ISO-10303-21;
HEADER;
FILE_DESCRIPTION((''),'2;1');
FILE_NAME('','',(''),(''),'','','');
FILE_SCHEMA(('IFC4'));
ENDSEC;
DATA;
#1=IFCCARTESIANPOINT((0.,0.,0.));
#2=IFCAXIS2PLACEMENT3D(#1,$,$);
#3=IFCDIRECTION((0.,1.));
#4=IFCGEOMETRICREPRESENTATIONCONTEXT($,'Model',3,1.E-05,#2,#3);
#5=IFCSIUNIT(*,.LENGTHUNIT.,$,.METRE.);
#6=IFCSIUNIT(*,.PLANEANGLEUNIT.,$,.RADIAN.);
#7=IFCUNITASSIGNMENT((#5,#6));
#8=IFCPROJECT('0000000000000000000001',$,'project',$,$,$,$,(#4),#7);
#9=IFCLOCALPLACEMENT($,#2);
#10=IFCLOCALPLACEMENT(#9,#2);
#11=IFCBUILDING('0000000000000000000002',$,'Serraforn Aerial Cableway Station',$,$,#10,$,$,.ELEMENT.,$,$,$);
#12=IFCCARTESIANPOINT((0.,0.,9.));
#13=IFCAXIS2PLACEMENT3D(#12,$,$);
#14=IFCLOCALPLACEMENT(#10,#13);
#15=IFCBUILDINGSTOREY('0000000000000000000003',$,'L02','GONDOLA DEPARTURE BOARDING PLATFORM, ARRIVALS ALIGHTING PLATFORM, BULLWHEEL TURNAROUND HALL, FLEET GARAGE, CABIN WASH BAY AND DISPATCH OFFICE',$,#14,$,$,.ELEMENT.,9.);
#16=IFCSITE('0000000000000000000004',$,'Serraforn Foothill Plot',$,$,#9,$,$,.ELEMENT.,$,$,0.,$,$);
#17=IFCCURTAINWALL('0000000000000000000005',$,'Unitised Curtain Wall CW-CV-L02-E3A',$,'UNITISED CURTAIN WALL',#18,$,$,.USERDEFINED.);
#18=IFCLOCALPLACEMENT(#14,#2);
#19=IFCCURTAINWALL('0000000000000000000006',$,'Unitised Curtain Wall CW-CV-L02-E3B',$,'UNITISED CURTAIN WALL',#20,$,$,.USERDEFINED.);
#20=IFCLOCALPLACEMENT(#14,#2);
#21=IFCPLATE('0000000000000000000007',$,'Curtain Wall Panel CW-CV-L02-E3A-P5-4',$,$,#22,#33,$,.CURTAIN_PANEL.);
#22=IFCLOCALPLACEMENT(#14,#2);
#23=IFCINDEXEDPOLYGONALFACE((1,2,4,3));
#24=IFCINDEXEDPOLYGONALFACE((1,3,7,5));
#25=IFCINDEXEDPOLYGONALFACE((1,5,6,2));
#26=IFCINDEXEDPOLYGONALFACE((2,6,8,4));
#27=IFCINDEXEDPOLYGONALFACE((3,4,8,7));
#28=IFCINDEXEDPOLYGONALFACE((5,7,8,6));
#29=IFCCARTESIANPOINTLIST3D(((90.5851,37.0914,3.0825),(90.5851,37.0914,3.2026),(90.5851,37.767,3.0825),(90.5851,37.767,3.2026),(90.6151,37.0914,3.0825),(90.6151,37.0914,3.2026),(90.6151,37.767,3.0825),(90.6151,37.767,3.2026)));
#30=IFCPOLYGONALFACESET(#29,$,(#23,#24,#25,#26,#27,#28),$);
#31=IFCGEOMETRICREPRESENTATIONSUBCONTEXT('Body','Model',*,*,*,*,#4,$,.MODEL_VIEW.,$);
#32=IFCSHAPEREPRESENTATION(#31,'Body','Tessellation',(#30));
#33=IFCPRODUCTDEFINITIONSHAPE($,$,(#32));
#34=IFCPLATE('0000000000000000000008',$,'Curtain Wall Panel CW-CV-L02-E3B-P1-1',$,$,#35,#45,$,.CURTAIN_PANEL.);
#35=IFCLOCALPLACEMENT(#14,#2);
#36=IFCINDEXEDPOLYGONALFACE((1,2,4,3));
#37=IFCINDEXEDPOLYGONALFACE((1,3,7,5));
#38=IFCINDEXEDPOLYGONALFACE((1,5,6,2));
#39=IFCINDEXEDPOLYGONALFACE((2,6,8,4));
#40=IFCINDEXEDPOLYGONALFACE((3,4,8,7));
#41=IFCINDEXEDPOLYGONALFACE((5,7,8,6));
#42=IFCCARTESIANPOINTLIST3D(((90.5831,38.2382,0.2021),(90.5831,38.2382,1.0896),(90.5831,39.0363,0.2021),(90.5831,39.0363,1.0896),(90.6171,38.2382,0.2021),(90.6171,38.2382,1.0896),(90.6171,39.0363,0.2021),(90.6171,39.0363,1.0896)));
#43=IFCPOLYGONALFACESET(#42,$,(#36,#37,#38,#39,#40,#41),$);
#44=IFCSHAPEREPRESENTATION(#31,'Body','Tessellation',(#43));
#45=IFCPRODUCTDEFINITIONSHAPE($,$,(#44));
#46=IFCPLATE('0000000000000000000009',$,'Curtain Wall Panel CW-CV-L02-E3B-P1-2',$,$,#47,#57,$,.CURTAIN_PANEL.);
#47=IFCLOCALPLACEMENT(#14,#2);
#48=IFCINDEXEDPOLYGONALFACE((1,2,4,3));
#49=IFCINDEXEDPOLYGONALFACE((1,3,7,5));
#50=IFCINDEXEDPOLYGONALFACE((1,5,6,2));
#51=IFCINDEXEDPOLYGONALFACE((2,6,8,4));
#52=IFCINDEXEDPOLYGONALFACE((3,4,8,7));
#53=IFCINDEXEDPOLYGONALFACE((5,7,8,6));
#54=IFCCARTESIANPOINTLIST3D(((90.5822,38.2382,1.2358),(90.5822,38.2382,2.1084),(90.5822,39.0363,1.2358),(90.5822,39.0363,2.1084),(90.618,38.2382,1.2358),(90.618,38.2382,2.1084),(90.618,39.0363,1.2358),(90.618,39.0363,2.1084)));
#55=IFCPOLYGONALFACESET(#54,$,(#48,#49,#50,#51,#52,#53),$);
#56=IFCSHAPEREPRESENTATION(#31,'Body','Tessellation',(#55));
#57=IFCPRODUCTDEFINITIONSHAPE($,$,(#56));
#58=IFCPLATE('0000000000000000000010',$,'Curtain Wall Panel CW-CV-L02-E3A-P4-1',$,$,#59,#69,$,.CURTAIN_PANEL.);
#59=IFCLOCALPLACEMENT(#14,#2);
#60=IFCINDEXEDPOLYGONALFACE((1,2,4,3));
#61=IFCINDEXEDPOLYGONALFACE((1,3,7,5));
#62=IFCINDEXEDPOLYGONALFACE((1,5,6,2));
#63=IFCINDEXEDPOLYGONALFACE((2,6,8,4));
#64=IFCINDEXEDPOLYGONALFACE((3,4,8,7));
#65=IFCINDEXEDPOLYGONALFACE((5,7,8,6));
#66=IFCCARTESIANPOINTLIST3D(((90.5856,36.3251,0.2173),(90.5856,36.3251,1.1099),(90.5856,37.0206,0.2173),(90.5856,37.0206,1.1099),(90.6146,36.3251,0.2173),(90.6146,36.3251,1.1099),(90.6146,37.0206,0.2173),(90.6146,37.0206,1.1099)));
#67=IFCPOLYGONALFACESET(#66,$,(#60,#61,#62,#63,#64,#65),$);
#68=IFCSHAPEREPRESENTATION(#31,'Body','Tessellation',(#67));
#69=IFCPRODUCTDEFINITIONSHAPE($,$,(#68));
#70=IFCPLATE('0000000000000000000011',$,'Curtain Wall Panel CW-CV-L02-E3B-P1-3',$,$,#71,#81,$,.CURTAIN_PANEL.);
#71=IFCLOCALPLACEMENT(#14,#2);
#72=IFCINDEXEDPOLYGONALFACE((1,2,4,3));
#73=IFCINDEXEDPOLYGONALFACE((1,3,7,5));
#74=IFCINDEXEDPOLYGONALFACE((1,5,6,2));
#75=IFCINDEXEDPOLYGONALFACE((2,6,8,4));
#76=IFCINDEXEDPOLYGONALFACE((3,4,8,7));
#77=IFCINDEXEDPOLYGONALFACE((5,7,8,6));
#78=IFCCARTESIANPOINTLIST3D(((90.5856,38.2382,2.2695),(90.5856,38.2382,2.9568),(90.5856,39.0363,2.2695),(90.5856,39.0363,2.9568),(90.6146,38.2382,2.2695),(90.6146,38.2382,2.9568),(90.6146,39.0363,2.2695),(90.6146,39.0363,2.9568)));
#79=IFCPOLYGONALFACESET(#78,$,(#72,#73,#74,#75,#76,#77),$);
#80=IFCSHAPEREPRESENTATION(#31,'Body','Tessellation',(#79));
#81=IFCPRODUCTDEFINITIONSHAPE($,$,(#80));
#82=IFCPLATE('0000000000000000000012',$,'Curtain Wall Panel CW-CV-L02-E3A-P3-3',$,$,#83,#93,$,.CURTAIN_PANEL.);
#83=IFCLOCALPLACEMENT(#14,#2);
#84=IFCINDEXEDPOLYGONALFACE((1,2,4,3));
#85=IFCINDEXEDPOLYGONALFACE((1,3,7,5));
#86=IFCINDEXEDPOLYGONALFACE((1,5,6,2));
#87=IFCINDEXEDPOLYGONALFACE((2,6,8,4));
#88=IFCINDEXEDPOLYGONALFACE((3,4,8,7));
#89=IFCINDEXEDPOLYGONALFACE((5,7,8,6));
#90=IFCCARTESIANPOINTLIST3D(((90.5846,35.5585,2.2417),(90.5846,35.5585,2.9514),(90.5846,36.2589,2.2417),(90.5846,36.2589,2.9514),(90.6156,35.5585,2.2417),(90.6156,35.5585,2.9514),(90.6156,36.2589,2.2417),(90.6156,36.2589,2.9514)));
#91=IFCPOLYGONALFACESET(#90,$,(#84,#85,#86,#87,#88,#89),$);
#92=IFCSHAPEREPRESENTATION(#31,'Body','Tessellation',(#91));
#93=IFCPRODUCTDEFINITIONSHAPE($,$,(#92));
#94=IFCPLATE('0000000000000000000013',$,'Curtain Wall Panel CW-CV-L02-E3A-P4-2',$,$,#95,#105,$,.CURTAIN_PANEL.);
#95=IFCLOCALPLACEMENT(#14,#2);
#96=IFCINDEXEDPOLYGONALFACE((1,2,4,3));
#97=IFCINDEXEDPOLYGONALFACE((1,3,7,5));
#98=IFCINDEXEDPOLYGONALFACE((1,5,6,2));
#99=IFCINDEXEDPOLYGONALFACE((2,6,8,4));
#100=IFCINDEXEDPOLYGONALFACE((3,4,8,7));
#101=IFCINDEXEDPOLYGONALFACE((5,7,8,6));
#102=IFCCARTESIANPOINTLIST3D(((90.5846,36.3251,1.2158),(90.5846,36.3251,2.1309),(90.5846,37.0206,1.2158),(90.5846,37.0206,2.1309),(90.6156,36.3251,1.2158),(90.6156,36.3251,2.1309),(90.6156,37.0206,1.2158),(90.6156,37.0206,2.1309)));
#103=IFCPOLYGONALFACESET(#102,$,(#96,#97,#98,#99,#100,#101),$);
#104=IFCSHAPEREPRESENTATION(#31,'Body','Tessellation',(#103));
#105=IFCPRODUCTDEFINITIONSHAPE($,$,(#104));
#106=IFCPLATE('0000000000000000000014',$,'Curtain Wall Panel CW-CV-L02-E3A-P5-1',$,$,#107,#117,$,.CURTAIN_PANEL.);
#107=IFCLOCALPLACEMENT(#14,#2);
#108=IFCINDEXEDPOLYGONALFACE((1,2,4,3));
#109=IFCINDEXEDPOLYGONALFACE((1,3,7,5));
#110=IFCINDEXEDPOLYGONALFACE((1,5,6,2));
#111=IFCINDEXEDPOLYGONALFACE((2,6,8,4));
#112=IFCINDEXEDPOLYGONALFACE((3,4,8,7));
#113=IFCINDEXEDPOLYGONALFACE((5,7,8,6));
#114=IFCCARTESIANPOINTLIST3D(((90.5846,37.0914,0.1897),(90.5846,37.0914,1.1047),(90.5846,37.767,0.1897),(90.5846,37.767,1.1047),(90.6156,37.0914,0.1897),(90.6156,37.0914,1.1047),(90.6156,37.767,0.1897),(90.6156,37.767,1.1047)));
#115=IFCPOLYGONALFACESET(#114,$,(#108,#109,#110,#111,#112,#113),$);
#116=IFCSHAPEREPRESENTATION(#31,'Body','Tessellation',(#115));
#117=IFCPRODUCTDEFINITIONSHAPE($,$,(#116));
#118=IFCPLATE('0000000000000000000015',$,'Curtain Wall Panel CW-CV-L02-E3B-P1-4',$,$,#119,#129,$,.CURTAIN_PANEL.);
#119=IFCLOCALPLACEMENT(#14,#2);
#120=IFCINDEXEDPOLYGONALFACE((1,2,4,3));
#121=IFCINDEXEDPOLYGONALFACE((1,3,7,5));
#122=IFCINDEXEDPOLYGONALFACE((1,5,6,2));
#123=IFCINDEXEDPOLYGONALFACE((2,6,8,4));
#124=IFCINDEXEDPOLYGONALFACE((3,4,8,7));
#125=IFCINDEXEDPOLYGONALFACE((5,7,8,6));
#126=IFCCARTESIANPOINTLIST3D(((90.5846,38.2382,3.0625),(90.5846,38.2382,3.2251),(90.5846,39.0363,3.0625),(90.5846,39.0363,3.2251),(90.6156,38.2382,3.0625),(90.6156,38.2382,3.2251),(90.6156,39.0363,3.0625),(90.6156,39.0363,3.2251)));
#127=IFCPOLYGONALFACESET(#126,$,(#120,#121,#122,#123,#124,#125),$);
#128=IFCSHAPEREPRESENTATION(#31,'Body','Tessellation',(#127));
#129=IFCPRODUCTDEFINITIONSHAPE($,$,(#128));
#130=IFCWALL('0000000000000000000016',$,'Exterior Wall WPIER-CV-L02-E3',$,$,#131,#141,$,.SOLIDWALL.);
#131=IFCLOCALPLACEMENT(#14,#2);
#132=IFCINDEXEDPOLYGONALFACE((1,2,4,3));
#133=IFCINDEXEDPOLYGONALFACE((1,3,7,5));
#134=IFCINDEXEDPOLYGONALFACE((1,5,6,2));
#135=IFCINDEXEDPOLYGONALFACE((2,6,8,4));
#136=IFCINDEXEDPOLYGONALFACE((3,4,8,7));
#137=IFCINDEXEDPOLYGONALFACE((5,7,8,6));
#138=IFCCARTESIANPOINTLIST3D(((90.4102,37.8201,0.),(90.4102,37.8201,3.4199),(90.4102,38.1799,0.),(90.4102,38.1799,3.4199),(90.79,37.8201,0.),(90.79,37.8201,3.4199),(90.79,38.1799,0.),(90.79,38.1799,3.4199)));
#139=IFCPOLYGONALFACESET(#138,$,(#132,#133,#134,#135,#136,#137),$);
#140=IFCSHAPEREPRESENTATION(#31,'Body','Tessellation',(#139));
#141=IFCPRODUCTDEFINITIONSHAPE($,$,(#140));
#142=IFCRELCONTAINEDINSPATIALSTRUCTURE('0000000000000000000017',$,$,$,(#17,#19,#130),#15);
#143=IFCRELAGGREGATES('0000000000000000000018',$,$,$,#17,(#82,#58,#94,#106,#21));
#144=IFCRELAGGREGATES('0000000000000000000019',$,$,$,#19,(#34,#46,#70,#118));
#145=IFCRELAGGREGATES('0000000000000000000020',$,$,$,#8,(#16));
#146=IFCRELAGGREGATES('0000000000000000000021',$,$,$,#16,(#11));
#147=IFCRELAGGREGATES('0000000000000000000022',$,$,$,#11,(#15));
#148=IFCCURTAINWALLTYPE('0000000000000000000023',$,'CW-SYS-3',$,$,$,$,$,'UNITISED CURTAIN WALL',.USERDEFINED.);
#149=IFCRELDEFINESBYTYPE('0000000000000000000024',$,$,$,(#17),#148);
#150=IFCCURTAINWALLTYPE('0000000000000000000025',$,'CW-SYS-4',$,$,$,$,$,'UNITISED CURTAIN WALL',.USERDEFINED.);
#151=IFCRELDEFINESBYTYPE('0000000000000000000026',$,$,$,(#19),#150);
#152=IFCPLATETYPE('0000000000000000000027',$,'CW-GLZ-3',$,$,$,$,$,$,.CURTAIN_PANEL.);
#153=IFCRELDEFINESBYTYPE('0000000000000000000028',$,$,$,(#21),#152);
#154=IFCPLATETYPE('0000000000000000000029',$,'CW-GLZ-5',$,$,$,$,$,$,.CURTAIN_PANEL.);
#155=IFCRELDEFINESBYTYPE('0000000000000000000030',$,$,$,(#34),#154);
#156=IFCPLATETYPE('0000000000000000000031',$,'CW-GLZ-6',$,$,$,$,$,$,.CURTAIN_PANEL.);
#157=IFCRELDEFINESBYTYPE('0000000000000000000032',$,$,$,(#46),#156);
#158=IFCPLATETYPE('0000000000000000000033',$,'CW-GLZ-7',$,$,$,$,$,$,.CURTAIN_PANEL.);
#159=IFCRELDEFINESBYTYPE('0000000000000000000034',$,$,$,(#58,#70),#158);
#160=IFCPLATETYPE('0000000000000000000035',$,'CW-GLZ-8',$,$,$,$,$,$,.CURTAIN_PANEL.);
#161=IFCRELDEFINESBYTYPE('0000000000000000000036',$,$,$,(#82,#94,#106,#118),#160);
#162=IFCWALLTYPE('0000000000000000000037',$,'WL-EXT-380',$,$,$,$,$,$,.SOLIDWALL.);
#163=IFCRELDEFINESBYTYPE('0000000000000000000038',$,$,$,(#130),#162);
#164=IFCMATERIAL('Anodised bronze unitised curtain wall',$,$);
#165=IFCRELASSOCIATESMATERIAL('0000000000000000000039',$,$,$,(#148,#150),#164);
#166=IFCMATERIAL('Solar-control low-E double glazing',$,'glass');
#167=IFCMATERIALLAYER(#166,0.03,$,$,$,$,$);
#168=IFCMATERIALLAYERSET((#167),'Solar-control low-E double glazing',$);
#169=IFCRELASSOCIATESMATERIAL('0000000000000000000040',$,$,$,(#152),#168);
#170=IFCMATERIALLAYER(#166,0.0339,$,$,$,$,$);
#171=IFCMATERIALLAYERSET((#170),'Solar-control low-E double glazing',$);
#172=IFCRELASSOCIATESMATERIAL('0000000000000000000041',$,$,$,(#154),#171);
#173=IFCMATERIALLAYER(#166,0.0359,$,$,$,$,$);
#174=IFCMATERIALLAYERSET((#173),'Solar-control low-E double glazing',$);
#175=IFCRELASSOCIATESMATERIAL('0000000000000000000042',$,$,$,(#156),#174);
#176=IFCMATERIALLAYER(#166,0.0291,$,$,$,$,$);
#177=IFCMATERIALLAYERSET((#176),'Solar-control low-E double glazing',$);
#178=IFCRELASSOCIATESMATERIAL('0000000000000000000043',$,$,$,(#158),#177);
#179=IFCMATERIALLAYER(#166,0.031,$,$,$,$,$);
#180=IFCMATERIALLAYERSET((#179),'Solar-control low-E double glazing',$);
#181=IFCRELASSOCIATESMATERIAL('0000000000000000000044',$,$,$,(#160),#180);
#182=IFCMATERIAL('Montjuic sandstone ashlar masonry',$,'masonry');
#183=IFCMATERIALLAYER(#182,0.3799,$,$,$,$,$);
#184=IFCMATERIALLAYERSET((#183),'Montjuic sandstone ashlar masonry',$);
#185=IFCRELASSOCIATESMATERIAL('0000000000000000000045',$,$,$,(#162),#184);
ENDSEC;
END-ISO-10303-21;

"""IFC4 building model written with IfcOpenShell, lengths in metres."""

from ifc_helpers import new_model, si_unit, direction, frame, frame_2d, origin, origin_2d, place, context, subcontext, project, spatial, rectangle, extrude, material, layer, layer_set, type_object, element, aggregate, save


model = new_model("IFC4")

# Units and contexts
model_context = context("Model", 3, precision=1e-05, world=origin(), true_north=direction((0.0, 1.0)))
body_context = subcontext(model_context, "Body", "Model", "MODEL_VIEW")
ifc_project = project(units=[si_unit("LENGTHUNIT", "METRE"), si_unit("PLANEANGLEUNIT", "RADIAN")], contexts=[model_context])

# Site, building, storey
site_placement = place(None, origin())
site = spatial("IfcSite", under=ifc_project, at=site_placement, Name="Serraforn Foothill Plot", CompositionType="ELEMENT", RefElevation=0.0)
building_placement = place(site_placement, origin())
building = spatial("IfcBuilding", under=site, at=building_placement, Name="Serraforn Aerial Cableway Station", CompositionType="ELEMENT")
storey_placement = place(building_placement, frame((0.0, 0.0, 9.0)))
storey = spatial("IfcBuildingStorey", under=building, at=storey_placement, Name="L02", Description="GONDOLA DEPARTURE BOARDING PLATFORM, ARRIVALS ALIGHTING PLATFORM, BULLWHEEL TURNAROUND HALL, FLEET GARAGE, CABIN WASH BAY AND DISPATCH OFFICE", CompositionType="ELEMENT", Elevation=9.0)

# Curtain wall
ifc_material_1 = material(Name="Anodised bronze unitised curtain wall")
curtain_wall_type_1 = type_object("IfcCurtainWallType", Name="CW-SYS-3", ElementType="UNITISED CURTAIN WALL", PredefinedType="USERDEFINED", material=ifc_material_1)
curtain_wall_1_placement = place(storey_placement, origin())
curtain_wall_1 = element("IfcCurtainWall", 1, at=curtain_wall_1_placement, inside=storey, type_object=curtain_wall_type_1, Name="Unitised Curtain Wall CW-CV-L02-E3A", ObjectType="UNITISED CURTAIN WALL", PredefinedType="USERDEFINED")

# Curtain wall
curtain_wall_type_2 = type_object("IfcCurtainWallType", Name="CW-SYS-4", ElementType="UNITISED CURTAIN WALL", PredefinedType="USERDEFINED", material=ifc_material_1)
curtain_wall_2_placement = place(storey_placement, origin())
curtain_wall_2 = element("IfcCurtainWall", 2, at=curtain_wall_2_placement, inside=storey, type_object=curtain_wall_type_2, Name="Unitised Curtain Wall CW-CV-L02-E3B", ObjectType="UNITISED CURTAIN WALL", PredefinedType="USERDEFINED")

# Plates
ifc_material_2 = material(Name="Solar-control low-E double glazing", Category="glass")
ifc_layer_1 = layer(ifc_material_2, 0.03)
ifc_layer_set_1 = layer_set([ifc_layer_1], Name="Solar-control low-E double glazing")
plate_type_1 = type_object("IfcPlateType", Name="CW-GLZ-3", PredefinedType="CURTAIN_PANEL", material=ifc_layer_set_1)
plate_1_placement = place(storey_placement, frame((90.6001, 37.4292, 3.0825), z_axis=(0.0, 0.0, 1.0), x_axis=(1.0, 0.0, 0.0)))
plate_1 = element("IfcPlate", 3, at=plate_1_placement, type_object=plate_type_1, Name="Curtain Wall Panel CW-CV-L02-E3A-P5-4", PredefinedType="CURTAIN_PANEL", context=body_context, shape_type="SweptSolid", body=[
    extrude(rectangle(XDim=0.03, YDim=0.6755, at=origin_2d()), origin(), (0.0, 0.0, 1.0), 0.1201),
])
ifc_layer_2 = layer(ifc_material_2, 0.0339)
ifc_layer_set_2 = layer_set([ifc_layer_2], Name="Solar-control low-E double glazing")
plate_type_2 = type_object("IfcPlateType", Name="CW-GLZ-5", PredefinedType="CURTAIN_PANEL", material=ifc_layer_set_2)
plate_2_placement = place(storey_placement, frame((90.6001, 38.6372, 0.2021), z_axis=(0.0, 0.0, 1.0), x_axis=(1.0, 0.0, 0.0)))
plate_2 = element("IfcPlate", 4, at=plate_2_placement, type_object=plate_type_2, Name="Curtain Wall Panel CW-CV-L02-E3B-P1-1", PredefinedType="CURTAIN_PANEL", context=body_context, shape_type="SweptSolid", body=[
    extrude(rectangle(XDim=0.0339, YDim=0.7981, at=origin_2d()), origin(), (0.0, 0.0, 1.0), 0.8875),
])
ifc_layer_3 = layer(ifc_material_2, 0.0359)
ifc_layer_set_3 = layer_set([ifc_layer_3], Name="Solar-control low-E double glazing")
plate_type_3 = type_object("IfcPlateType", Name="CW-GLZ-6", PredefinedType="CURTAIN_PANEL", material=ifc_layer_set_3)
plate_3_placement = place(storey_placement, frame((90.6001, 38.6372, 1.2358), z_axis=(0.0, 0.0, 1.0), x_axis=(1.0, 0.0, 0.0)))
plate_3 = element("IfcPlate", 5, at=plate_3_placement, type_object=plate_type_3, Name="Curtain Wall Panel CW-CV-L02-E3B-P1-2", PredefinedType="CURTAIN_PANEL", context=body_context, shape_type="SweptSolid", body=[
    extrude(rectangle(XDim=0.0359, YDim=0.7981, at=origin_2d()), origin(), (0.0, 0.0, 1.0), 0.8726),
])
ifc_layer_4 = layer(ifc_material_2, 0.0291)
ifc_layer_set_4 = layer_set([ifc_layer_4], Name="Solar-control low-E double glazing")
plate_type_4 = type_object("IfcPlateType", Name="CW-GLZ-7", PredefinedType="CURTAIN_PANEL", material=ifc_layer_set_4)
plate_4_placement = place(storey_placement, frame((90.6001, 36.6729, 0.2173), z_axis=(0.0, 0.0, 1.0), x_axis=(1.0, 0.0, 0.0)))
plate_4 = element("IfcPlate", 6, at=plate_4_placement, type_object=plate_type_4, Name="Curtain Wall Panel CW-CV-L02-E3A-P4-1", PredefinedType="CURTAIN_PANEL", context=body_context, shape_type="SweptSolid", body=[
    extrude(rectangle(XDim=0.0291, YDim=0.6956, at=origin_2d()), origin(), (0.0, 0.0, 1.0), 0.8926),
])
plate_5_placement = place(storey_placement, frame((90.6001, 38.6372, 2.2695), z_axis=(0.0, 0.0, 1.0), x_axis=(1.0, 0.0, 0.0)))
plate_5 = element("IfcPlate", 7, at=plate_5_placement, type_object=plate_type_4, Name="Curtain Wall Panel CW-CV-L02-E3B-P1-3", PredefinedType="CURTAIN_PANEL", context=body_context, shape_type="SweptSolid", body=[
    extrude(rectangle(XDim=0.0291, YDim=0.7981, at=origin_2d()), origin(), (0.0, 0.0, 1.0), 0.6873),
])
ifc_layer_5 = layer(ifc_material_2, 0.031)
ifc_layer_set_5 = layer_set([ifc_layer_5], Name="Solar-control low-E double glazing")
plate_type_5 = type_object("IfcPlateType", Name="CW-GLZ-8", PredefinedType="CURTAIN_PANEL", material=ifc_layer_set_5)
plate_6_placement = place(storey_placement, frame((90.6001, 35.9087, 2.2417), z_axis=(0.0, 0.0, 1.0), x_axis=(1.0, 0.0, 0.0)))
plate_6 = element("IfcPlate", 8, at=plate_6_placement, type_object=plate_type_5, Name="Curtain Wall Panel CW-CV-L02-E3A-P3-3", PredefinedType="CURTAIN_PANEL", context=body_context, shape_type="SweptSolid", body=[
    extrude(rectangle(XDim=0.031, YDim=0.7004, at=origin_2d()), origin(), (0.0, 0.0, 1.0), 0.7097),
])
plate_7_placement = place(storey_placement, frame((90.6001, 36.6729, 1.2158), z_axis=(0.0, 0.0, 1.0), x_axis=(1.0, 0.0, 0.0)))
plate_7 = element("IfcPlate", 9, at=plate_7_placement, type_object=plate_type_5, Name="Curtain Wall Panel CW-CV-L02-E3A-P4-2", PredefinedType="CURTAIN_PANEL", context=body_context, shape_type="SweptSolid", body=[
    extrude(rectangle(XDim=0.031, YDim=0.6956, at=origin_2d()), origin(), (0.0, 0.0, 1.0), 0.915),
])
plate_8_placement = place(storey_placement, frame((90.6001, 37.4292, 0.1897), z_axis=(0.0, 0.0, 1.0), x_axis=(1.0, 0.0, 0.0)))
plate_8 = element("IfcPlate", 10, at=plate_8_placement, type_object=plate_type_5, Name="Curtain Wall Panel CW-CV-L02-E3A-P5-1", PredefinedType="CURTAIN_PANEL", context=body_context, shape_type="SweptSolid", body=[
    extrude(rectangle(XDim=0.031, YDim=0.6755, at=origin_2d()), origin(), (0.0, 0.0, 1.0), 0.915),
])
aggregate(curtain_wall_1, [plate_6, plate_4, plate_7, plate_8, plate_1])
plate_9_placement = place(storey_placement, frame((90.6001, 38.6372, 3.0625), z_axis=(0.0, 0.0, 1.0), x_axis=(1.0, 0.0, 0.0)))
plate_9 = element("IfcPlate", 11, at=plate_9_placement, type_object=plate_type_5, Name="Curtain Wall Panel CW-CV-L02-E3B-P1-4", PredefinedType="CURTAIN_PANEL", context=body_context, shape_type="SweptSolid", body=[
    extrude(rectangle(XDim=0.031, YDim=0.7981, at=origin_2d()), origin(), (0.0, 0.0, 1.0), 0.1626),
])
aggregate(curtain_wall_2, [plate_2, plate_3, plate_5, plate_9])

# Wall
ifc_material_3 = material(Name="Montjuic sandstone ashlar masonry", Category="masonry")
ifc_layer_6 = layer(ifc_material_3, 0.3799)
ifc_layer_set_6 = layer_set([ifc_layer_6], Name="Montjuic sandstone ashlar masonry")
wall_type = type_object("IfcWallType", Name="WL-EXT-380", PredefinedType="SOLIDWALL", material=ifc_layer_set_6)
wall_placement = place(storey_placement, frame((90.6001, 37.8201, 0.0), z_axis=(0.0, 0.0, 1.0), x_axis=(0.0, 1.0, 0.0)))
element("IfcWall", 12, at=wall_placement, inside=storey, type_object=wall_type, Name="Exterior Wall WPIER-CV-L02-E3", PredefinedType="SOLIDWALL", context=body_context, shape_type="SweptSolid", body=[
    extrude(rectangle(XDim=0.3599, YDim=0.3799, at=frame_2d((0.1799, 0.0))), origin(), (0.0, 0.0, 1.0), 3.4199),
])

save(model, "model.ifc")
